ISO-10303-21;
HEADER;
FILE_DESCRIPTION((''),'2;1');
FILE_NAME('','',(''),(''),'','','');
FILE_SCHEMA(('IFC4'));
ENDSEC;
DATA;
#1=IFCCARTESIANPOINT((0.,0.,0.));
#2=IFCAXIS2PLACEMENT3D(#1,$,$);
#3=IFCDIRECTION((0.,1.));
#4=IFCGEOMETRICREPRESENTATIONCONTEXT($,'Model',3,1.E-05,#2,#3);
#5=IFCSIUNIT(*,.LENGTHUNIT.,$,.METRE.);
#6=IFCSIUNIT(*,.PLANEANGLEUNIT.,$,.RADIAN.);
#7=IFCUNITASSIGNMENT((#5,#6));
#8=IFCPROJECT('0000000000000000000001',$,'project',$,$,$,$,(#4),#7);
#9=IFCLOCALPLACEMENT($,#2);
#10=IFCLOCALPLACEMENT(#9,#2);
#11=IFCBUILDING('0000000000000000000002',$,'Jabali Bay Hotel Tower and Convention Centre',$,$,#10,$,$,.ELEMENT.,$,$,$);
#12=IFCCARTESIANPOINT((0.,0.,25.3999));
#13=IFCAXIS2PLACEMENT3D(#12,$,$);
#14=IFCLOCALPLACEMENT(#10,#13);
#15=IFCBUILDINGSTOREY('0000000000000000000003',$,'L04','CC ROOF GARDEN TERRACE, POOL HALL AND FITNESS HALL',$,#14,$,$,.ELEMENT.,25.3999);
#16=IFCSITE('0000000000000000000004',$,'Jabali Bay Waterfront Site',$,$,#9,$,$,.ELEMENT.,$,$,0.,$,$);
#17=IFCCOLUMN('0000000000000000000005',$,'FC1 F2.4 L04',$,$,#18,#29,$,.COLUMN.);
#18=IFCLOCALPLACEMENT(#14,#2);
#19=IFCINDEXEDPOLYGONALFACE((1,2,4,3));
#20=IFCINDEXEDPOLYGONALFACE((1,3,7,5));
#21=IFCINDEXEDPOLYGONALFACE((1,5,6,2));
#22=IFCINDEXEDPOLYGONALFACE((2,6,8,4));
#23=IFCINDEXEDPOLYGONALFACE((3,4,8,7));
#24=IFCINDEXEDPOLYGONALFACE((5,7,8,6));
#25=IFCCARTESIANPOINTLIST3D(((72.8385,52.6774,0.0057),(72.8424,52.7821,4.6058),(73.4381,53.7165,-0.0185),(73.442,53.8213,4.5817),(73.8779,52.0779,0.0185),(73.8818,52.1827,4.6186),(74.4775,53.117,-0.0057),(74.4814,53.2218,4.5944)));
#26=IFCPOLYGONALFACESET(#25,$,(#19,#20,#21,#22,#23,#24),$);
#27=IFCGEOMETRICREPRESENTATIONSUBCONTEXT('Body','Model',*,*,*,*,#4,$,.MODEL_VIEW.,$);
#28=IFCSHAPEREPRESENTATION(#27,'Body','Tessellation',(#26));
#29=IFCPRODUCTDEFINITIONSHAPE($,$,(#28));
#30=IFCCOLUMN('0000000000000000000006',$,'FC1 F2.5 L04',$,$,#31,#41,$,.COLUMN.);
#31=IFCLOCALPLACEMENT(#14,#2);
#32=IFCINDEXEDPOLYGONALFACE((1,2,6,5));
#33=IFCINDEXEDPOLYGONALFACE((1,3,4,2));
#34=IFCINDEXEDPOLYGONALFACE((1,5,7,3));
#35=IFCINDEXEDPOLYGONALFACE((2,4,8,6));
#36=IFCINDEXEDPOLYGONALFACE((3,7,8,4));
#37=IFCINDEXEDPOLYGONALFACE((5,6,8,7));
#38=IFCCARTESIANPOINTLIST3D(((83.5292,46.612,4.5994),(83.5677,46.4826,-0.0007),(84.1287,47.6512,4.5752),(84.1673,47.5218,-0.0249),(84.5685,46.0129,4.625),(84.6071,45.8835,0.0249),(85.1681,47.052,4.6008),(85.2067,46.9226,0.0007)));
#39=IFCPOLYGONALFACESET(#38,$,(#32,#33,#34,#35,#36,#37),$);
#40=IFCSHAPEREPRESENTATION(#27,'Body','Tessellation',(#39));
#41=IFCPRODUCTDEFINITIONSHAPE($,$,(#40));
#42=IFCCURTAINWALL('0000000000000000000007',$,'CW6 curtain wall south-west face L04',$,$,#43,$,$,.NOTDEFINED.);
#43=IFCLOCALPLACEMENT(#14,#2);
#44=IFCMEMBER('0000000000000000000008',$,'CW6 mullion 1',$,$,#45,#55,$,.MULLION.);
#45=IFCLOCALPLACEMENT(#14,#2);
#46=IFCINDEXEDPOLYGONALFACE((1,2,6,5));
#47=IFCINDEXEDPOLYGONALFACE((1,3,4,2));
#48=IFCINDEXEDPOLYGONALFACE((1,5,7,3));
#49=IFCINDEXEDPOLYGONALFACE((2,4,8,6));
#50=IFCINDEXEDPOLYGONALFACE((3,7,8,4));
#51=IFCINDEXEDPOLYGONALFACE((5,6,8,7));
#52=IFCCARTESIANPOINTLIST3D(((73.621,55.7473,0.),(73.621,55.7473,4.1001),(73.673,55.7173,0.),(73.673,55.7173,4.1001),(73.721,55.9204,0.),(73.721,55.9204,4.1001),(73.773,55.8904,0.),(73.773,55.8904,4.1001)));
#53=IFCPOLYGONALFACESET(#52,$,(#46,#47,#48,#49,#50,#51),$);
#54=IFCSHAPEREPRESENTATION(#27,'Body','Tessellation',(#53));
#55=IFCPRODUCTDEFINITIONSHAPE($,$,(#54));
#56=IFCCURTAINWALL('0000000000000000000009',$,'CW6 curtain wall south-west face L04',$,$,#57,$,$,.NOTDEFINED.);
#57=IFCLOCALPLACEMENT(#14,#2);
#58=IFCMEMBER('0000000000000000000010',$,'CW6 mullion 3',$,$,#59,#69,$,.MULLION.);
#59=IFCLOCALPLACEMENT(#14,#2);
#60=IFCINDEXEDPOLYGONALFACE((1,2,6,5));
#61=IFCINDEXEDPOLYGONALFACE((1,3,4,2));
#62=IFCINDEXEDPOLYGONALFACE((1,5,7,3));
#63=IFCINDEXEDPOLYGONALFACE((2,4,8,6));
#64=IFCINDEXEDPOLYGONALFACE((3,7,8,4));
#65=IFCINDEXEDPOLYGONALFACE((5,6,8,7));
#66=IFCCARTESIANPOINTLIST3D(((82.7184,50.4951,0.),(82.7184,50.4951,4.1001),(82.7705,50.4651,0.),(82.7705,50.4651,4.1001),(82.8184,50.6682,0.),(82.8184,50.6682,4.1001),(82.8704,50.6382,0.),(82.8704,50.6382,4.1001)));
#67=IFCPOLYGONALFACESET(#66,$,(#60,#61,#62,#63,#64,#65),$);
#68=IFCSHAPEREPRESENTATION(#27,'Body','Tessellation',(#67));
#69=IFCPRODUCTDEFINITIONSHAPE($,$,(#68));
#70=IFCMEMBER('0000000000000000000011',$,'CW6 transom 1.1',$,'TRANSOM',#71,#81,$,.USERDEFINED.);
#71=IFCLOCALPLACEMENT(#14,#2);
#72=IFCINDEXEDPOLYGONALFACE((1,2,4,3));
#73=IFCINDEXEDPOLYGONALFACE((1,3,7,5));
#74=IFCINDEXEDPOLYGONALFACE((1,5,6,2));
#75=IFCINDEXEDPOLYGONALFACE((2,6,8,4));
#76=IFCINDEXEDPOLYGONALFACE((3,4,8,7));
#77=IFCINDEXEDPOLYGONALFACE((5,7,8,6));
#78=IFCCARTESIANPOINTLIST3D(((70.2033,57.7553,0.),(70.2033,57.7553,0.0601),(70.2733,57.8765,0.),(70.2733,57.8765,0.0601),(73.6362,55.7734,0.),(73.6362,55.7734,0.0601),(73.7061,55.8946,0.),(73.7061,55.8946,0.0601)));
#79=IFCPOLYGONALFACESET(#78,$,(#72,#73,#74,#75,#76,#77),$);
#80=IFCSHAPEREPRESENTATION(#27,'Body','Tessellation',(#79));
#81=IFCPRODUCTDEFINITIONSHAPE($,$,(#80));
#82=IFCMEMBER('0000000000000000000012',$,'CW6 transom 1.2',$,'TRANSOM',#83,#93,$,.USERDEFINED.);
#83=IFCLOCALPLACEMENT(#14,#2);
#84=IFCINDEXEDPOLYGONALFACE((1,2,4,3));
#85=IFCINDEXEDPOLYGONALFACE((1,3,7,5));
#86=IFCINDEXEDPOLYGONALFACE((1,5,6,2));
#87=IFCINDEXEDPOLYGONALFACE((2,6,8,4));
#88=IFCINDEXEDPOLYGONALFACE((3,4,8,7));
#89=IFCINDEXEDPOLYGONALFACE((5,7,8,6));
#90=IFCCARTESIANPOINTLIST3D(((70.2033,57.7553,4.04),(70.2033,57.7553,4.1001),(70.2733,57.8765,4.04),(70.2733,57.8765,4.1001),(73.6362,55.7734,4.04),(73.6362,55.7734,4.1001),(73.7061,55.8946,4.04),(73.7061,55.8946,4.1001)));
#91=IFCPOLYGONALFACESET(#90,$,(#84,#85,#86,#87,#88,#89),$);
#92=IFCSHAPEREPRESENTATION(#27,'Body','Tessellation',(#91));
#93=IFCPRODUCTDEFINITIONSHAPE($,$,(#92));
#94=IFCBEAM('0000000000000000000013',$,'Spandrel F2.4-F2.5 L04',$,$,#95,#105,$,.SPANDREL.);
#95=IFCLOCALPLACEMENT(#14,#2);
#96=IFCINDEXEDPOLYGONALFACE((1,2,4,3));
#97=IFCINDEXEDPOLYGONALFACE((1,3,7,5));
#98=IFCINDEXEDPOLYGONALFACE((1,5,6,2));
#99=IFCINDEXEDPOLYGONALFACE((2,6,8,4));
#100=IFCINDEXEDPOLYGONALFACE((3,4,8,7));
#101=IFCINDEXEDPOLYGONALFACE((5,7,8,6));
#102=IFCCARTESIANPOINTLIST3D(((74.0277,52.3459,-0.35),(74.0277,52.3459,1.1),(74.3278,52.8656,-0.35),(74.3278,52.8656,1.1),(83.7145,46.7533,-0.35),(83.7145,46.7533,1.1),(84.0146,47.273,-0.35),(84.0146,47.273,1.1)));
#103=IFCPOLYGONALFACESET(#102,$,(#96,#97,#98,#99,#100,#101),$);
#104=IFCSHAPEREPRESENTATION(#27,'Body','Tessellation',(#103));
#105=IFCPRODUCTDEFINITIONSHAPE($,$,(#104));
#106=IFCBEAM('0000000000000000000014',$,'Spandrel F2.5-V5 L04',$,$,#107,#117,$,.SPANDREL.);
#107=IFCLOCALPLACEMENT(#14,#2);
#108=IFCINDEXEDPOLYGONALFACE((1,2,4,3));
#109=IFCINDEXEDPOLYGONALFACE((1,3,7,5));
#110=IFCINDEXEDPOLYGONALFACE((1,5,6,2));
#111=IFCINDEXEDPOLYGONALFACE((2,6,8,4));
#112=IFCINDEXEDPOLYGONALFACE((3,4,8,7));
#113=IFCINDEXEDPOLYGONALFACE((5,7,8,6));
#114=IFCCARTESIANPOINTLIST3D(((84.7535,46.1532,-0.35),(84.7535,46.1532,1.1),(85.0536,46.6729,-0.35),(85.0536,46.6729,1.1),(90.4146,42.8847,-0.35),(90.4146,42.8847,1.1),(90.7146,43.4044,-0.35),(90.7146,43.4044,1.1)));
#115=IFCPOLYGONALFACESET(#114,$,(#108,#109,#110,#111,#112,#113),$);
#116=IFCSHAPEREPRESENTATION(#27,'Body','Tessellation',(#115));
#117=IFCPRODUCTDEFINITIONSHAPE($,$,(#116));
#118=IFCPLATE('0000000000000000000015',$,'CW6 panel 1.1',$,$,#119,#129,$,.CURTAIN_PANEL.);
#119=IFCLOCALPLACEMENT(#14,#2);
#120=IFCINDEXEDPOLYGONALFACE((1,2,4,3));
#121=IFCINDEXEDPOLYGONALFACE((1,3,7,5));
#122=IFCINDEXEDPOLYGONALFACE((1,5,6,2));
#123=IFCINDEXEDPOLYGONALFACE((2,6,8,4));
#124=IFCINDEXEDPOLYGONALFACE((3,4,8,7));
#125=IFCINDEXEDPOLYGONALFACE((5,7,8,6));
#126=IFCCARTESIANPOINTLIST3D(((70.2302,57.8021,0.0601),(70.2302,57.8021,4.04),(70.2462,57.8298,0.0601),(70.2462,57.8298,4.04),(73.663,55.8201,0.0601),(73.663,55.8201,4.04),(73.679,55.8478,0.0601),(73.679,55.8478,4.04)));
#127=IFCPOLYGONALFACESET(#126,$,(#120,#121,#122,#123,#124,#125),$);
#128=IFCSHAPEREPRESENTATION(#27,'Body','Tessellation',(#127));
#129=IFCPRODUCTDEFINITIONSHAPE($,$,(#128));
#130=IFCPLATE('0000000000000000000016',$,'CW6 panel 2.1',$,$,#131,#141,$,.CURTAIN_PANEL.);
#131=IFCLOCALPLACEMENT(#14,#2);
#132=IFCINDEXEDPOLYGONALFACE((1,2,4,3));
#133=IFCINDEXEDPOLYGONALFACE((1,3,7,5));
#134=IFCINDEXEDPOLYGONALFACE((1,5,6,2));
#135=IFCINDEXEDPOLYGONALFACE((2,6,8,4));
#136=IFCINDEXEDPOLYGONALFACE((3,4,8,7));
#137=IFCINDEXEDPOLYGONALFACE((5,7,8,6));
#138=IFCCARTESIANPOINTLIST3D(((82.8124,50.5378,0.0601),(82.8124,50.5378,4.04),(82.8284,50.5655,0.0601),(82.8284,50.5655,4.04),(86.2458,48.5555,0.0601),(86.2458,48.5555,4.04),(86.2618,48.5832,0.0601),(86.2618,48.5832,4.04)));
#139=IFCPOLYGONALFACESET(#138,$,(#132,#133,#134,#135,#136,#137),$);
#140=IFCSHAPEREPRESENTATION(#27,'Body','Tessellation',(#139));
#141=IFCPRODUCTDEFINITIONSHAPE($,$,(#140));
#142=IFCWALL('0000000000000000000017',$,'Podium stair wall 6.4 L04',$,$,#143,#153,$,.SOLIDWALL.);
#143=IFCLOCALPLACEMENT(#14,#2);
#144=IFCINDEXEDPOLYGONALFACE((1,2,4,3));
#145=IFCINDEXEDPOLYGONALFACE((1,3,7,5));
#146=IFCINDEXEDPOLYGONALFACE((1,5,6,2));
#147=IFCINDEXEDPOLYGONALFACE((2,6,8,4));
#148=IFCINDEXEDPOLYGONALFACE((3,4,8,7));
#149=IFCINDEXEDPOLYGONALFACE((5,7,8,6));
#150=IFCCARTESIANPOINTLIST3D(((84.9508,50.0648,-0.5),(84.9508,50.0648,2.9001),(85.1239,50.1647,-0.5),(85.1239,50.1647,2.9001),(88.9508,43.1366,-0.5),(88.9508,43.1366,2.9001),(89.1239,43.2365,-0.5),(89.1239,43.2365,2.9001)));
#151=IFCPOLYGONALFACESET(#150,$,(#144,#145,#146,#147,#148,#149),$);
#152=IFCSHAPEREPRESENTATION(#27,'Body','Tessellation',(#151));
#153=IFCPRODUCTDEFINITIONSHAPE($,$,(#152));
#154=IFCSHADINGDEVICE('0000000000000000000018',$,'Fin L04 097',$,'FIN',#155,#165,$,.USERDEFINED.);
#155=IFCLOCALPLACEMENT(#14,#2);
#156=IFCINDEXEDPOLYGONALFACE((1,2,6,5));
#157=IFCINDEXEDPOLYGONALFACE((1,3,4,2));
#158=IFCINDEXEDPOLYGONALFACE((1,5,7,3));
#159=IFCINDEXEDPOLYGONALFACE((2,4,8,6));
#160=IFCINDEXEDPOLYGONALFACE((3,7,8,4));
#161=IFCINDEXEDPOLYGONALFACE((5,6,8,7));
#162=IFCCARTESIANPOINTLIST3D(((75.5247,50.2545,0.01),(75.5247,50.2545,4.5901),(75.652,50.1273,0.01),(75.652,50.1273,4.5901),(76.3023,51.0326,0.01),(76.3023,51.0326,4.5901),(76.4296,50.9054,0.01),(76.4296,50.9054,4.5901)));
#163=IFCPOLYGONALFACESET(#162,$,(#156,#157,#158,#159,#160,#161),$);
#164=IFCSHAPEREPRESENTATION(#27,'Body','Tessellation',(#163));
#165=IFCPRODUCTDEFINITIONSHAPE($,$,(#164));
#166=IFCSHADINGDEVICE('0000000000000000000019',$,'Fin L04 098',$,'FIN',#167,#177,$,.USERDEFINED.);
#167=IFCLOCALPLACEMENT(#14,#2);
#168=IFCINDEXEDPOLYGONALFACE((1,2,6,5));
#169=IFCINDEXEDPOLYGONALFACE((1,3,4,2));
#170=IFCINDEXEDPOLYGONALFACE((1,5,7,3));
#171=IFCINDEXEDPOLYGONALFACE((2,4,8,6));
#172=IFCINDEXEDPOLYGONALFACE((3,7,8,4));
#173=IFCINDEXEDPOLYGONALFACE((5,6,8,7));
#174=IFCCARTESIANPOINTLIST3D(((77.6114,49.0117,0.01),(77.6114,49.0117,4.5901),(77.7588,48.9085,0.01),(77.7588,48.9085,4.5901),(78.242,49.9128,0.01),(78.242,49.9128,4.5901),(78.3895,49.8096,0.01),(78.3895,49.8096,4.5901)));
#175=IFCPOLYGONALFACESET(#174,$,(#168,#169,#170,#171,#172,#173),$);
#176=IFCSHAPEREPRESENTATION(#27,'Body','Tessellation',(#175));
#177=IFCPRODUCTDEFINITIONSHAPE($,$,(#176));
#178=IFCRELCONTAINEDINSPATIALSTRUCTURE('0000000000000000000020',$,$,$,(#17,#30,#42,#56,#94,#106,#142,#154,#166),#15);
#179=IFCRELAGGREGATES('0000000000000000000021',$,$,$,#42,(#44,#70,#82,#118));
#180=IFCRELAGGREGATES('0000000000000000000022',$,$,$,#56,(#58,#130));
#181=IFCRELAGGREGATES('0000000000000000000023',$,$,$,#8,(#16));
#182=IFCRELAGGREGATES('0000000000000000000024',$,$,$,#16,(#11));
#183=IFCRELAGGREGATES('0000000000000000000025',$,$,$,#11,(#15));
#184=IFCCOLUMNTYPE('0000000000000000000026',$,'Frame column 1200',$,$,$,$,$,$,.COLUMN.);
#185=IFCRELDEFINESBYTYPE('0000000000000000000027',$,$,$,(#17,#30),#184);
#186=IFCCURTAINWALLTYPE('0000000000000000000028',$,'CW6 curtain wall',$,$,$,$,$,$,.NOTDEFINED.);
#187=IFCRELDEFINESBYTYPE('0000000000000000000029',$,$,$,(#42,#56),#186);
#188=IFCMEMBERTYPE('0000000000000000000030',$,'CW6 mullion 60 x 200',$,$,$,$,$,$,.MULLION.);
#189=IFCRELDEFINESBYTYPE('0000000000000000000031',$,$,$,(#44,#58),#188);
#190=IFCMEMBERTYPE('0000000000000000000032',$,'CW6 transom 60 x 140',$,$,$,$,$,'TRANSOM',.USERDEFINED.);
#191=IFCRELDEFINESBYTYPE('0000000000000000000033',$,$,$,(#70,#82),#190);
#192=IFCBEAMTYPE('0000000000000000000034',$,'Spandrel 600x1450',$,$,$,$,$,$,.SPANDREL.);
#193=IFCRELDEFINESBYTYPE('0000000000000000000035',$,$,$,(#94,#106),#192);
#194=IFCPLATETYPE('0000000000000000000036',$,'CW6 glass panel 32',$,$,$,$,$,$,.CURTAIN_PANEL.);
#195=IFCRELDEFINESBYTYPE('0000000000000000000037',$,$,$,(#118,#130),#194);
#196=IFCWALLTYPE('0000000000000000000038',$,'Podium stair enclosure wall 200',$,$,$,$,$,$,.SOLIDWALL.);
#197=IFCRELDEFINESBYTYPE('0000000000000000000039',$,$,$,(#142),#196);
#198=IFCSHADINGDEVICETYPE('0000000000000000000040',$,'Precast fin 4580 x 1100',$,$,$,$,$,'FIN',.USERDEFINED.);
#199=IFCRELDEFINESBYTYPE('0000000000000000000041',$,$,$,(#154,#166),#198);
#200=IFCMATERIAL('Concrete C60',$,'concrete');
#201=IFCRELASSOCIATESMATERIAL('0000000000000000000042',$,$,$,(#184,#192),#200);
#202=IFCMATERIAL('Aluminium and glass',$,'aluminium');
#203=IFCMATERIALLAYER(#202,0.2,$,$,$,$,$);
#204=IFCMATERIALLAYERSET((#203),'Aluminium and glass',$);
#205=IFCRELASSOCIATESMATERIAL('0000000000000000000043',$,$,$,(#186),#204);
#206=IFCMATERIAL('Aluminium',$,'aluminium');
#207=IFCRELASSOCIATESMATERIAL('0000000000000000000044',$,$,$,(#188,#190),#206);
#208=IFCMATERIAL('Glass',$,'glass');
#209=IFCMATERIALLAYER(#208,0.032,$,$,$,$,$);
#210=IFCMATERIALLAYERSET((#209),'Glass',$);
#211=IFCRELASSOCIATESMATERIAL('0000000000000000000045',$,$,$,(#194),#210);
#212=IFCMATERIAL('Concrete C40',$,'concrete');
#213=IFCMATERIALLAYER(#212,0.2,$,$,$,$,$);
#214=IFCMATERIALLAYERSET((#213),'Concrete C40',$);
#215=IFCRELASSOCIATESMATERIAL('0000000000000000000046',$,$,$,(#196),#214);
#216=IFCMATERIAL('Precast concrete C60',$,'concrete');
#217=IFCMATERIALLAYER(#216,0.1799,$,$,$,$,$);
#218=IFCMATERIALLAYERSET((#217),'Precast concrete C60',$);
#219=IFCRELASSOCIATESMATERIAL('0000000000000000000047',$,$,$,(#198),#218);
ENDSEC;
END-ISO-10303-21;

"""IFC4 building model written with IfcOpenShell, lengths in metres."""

from ifc_helpers import new_model, si_unit, direction, frame, frame_2d, origin, origin_2d, place, context, subcontext, project, spatial, rectangle, extrude, material, layer, layer_set, material_profile, profile_set, type_object, element, aggregate, save


model = new_model("IFC4")

# Units and contexts
model_context = context("Model", 3, precision=1e-05, world=origin(), true_north=direction((0.0, 1.0)))
body_context = subcontext(model_context, "Body", "Model", "MODEL_VIEW")
ifc_project = project(units=[si_unit("LENGTHUNIT", "METRE"), si_unit("PLANEANGLEUNIT", "RADIAN")], contexts=[model_context])

# Site, building, storey
site_placement = place(None, origin())
site = spatial("IfcSite", under=ifc_project, at=site_placement, Name="Jabali Bay Waterfront Site", CompositionType="ELEMENT", RefElevation=0.0)
building_placement = place(site_placement, origin())
building = spatial("IfcBuilding", under=site, at=building_placement, Name="Jabali Bay Hotel Tower and Convention Centre", CompositionType="ELEMENT")
storey_placement = place(building_placement, frame((0.0, 0.0, 25.3999)))
storey = spatial("IfcBuildingStorey", under=building, at=storey_placement, Name="L04", Description="CC ROOF GARDEN TERRACE, POOL HALL AND FITNESS HALL", CompositionType="ELEMENT", Elevation=25.3999)

# Columns
ifc_material_1 = material(Name="Concrete C60", Category="concrete")
ifc_material_profile_1 = material_profile(ifc_material_1, rectangle(XDim=1.2, YDim=1.2, at=origin_2d()), Name="Frame column 1200")
ifc_profile_set_1 = profile_set([ifc_material_profile_1], Name="Concrete C60")
column_type = type_object("IfcColumnType", Name="Frame column 1200", PredefinedType="COLUMN", material=ifc_profile_set_1)
column_1_placement = place(storey_placement, frame((73.658, 52.8972, 0.0), z_axis=(0.000849, 0.022762, 0.999741), x_axis=(-0.499698, -0.865965, 0.020141)))
element("IfcColumn", 1, at=column_1_placement, inside=storey, type_object=column_type, Name="FC1 F2.4 L04", PredefinedType="COLUMN", context=body_context, shape_type="SweptSolid", body=[
    extrude(rectangle(XDim=1.2, YDim=1.2, at=origin_2d()), origin(), (0.0, 0.0, 1.0), 4.6013),
])
column_2_placement = place(storey_placement, frame((84.3872, 46.7026, 0.0), z_axis=(-0.008382, 0.028117, 0.99957), x_axis=(-0.499678, -0.865976, 0.020169)))
element("IfcColumn", 2, at=column_2_placement, inside=storey, type_object=column_type, Name="FC1 F2.5 L04", PredefinedType="COLUMN", context=body_context, shape_type="SweptSolid", body=[
    extrude(rectangle(XDim=1.2, YDim=1.2, at=origin_2d()), origin(), (0.0, 0.0, 1.0), 4.6021),
])

# Curtain walls, members
ifc_material_2 = material(Name="Aluminium and glass", Category="aluminium")
ifc_layer_1 = layer(ifc_material_2, 0.2)
ifc_layer_set_1 = layer_set([ifc_layer_1], Name="Aluminium and glass")
curtain_wall_type = type_object("IfcCurtainWallType", Name="CW6 curtain wall", PredefinedType="NOTDEFINED", material=ifc_layer_set_1)
curtain_wall_1_placement = place(storey_placement, origin())
curtain_wall_1 = element("IfcCurtainWall", 3, at=curtain_wall_1_placement, inside=storey, type_object=curtain_wall_type, Name="CW6 curtain wall south-west face L04", PredefinedType="NOTDEFINED")
ifc_material_3 = material(Name="Aluminium", Category="aluminium")
ifc_material_profile_2 = material_profile(ifc_material_3, rectangle(XDim=0.2, YDim=0.0601, at=origin_2d()), Name="CW6 mullion 60 x 200")
ifc_profile_set_2 = profile_set([ifc_material_profile_2], Name="Aluminium")
member_type_1 = type_object("IfcMemberType", Name="CW6 mullion 60 x 200", PredefinedType="MULLION", material=ifc_profile_set_2)
member_1_placement = place(storey_placement, frame((73.697, 55.8188, 0.0), z_axis=(0.0, 0.0, 1.0), x_axis=(-0.5, -0.866025, 0.0)))
member_1 = element("IfcMember", 4, at=member_1_placement, type_object=member_type_1, Name="CW6 mullion 1", PredefinedType="MULLION", context=body_context, shape_type="SweptSolid", body=[
    extrude(rectangle(XDim=0.2, YDim=0.0601, at=origin_2d()), origin(), (0.0, 0.0, 1.0), 4.1001),
])
curtain_wall_2_placement = place(storey_placement, origin())
curtain_wall_2 = element("IfcCurtainWall", 5, at=curtain_wall_2_placement, inside=storey, type_object=curtain_wall_type, Name="CW6 curtain wall south-west face L04", PredefinedType="NOTDEFINED")
member_2_placement = place(storey_placement, frame((82.7944, 50.5667, 0.0), z_axis=(0.0, 0.0, 1.0), x_axis=(-0.5, -0.866025, 0.0)))
member_2 = element("IfcMember", 6, at=member_2_placement, type_object=member_type_1, Name="CW6 mullion 3", PredefinedType="MULLION", context=body_context, shape_type="SweptSolid", body=[
    extrude(rectangle(XDim=0.2, YDim=0.0601, at=origin_2d()), origin(), (0.0, 0.0, 1.0), 4.1001),
])

# Members
ifc_material_profile_3 = material_profile(ifc_material_3, rectangle(XDim=0.1399, YDim=0.0601, at=origin_2d()), Name="CW6 transom 60 x 140")
ifc_profile_set_3 = profile_set([ifc_material_profile_3], Name="Aluminium")
member_type_2 = type_object("IfcMemberType", Name="CW6 transom 60 x 140", ElementType="TRANSOM", PredefinedType="USERDEFINED", material=ifc_profile_set_3)
member_3_placement = place(storey_placement, frame((73.6711, 55.834, 0.03), z_axis=(-0.866029, 0.499994, 0.0), x_axis=(-0.499994, -0.866029, 0.0)))
member_3 = element("IfcMember", 7, at=member_3_placement, type_object=member_type_2, Name="CW6 transom 1.1", ObjectType="TRANSOM", PredefinedType="USERDEFINED", context=body_context, shape_type="SweptSolid", body=[
    extrude(rectangle(XDim=0.1399, YDim=0.0601, at=origin_2d()), origin(), (0.0, 0.0, 1.0), 3.9639),
])
member_4_placement = place(storey_placement, frame((73.6711, 55.834, 4.0701), z_axis=(-0.866029, 0.499994, 0.0), x_axis=(-0.499994, -0.866029, 0.0)))
member_4 = element("IfcMember", 8, at=member_4_placement, type_object=member_type_2, Name="CW6 transom 1.2", ObjectType="TRANSOM", PredefinedType="USERDEFINED", context=body_context, shape_type="SweptSolid", body=[
    extrude(rectangle(XDim=0.1399, YDim=0.0601, at=origin_2d()), origin(), (0.0, 0.0, 1.0), 3.9639),
])

# Beams
ifc_material_profile_4 = material_profile(ifc_material_1, rectangle(XDim=0.6001, YDim=1.45, at=origin_2d()), Name="Spandrel 600x1450")
ifc_profile_set_4 = profile_set([ifc_material_profile_4], Name="Concrete C60")
beam_type = type_object("IfcBeamType", Name="Spandrel 600x1450", PredefinedType="SPANDREL", material=ifc_profile_set_4)
beam_1_placement = place(storey_placement, frame((74.1777, 52.6057, 0.375), z_axis=(0.86603, -0.499991, 0.0), x_axis=(0.499991, 0.86603, 0.0)))
element("IfcBeam", 9, at=beam_1_placement, inside=storey, type_object=beam_type, Name="Spandrel F2.4-F2.5 L04", PredefinedType="SPANDREL", context=body_context, shape_type="SweptSolid", body=[
    extrude(rectangle(XDim=0.6001, YDim=1.45, at=origin_2d()), origin(), (0.0, 0.0, 1.0), 11.1853),
])
beam_2_placement = place(storey_placement, frame((84.9036, 46.4131, 0.375), z_axis=(0.866019, -0.500011, 0.0), x_axis=(0.500011, 0.866019, 0.0)))
element("IfcBeam", 10, at=beam_2_placement, inside=storey, type_object=beam_type, Name="Spandrel F2.5-V5 L04", PredefinedType="SPANDREL", context=body_context, shape_type="SweptSolid", body=[
    extrude(rectangle(XDim=0.6001, YDim=1.45, at=origin_2d()), origin(), (0.0, 0.0, 1.0), 6.5369),
])

# Plates
ifc_material_4 = material(Name="Glass", Category="glass")
ifc_layer_2 = layer(ifc_material_4, 0.032)
ifc_layer_set_2 = layer_set([ifc_layer_2], Name="Glass")
plate_type = type_object("IfcPlateType", Name="CW6 glass panel 32", PredefinedType="CURTAIN_PANEL", material=ifc_layer_set_2)
plate_1_placement = place(storey_placement, frame((71.9546, 56.825, 0.0601), z_axis=(0.0, 0.0, 1.0), x_axis=(-0.866025, 0.5, 0.0)))
plate_1 = element("IfcPlate", 11, at=plate_1_placement, type_object=plate_type, Name="CW6 panel 1.1", PredefinedType="CURTAIN_PANEL", context=body_context, shape_type="SweptSolid", body=[
    extrude(rectangle(XDim=3.9639, YDim=0.032, at=origin_2d()), origin(), (0.0, 0.0, 1.0), 3.98),
])
aggregate(curtain_wall_1, [member_1, member_3, member_4, plate_1])
plate_2_placement = place(storey_placement, frame((84.5371, 49.5605, 0.0601), z_axis=(0.0, 0.0, 1.0), x_axis=(-0.866025, 0.5, 0.0)))
plate_2 = element("IfcPlate", 12, at=plate_2_placement, type_object=plate_type, Name="CW6 panel 2.1", PredefinedType="CURTAIN_PANEL", context=body_context, shape_type="SweptSolid", body=[
    extrude(rectangle(XDim=3.9646, YDim=0.032, at=origin_2d()), origin(), (0.0, 0.0, 1.0), 3.98),
])
aggregate(curtain_wall_2, [member_2, plate_2])

# Shared definitions
ifc_material_5 = material(Name="Concrete C40", Category="concrete")

# Wall
ifc_layer_3 = layer(ifc_material_5, 0.2)
ifc_layer_set_3 = layer_set([ifc_layer_3], Name="Concrete C40")
wall_type_1 = type_object("IfcWallType", Name="Podium stair enclosure wall 200", PredefinedType="SOLIDWALL", material=ifc_layer_set_3)
wall_1_placement = place(storey_placement, frame((85.0374, 50.1147, -0.5), z_axis=(0.0, 0.0, 1.0), x_axis=(0.499999, -0.866026, 0.0)))
element("IfcWall", 13, at=wall_1_placement, inside=storey, type_object=wall_type_1, Name="Podium stair wall 6.4 L04", PredefinedType="SOLIDWALL", context=body_context, shape_type="SweptSolid", body=[
    extrude(rectangle(XDim=8.0, YDim=0.2, at=frame_2d((4.0, 0.0))), origin(), (0.0, 0.0, 1.0), 3.4001),
])

# Shading devices
ifc_material_6 = material(Name="Precast concrete C60", Category="concrete")
ifc_layer_4 = layer(ifc_material_6, 0.1799)
ifc_layer_set_4 = layer_set([ifc_layer_4], Name="Precast concrete C60")
shading_device_type_1 = type_object("IfcShadingDeviceType", Name="Precast fin 4580 x 1100", ElementType="FIN", PredefinedType="USERDEFINED", material=ifc_layer_set_4)
shading_device_1_placement = place(storey_placement, frame((76.366, 50.969, 0.01), z_axis=(0.0, 0.0, 1.0), x_axis=(-0.706885, -0.707329, 0.0)))
element("IfcShadingDevice", 14, at=shading_device_1_placement, inside=storey, type_object=shading_device_type_1, Name="Fin L04 097", ObjectType="FIN", PredefinedType="USERDEFINED", context=body_context, shape_type="SweptSolid", body=[
    extrude(rectangle(XDim=1.1001, YDim=0.1799, at=frame_2d((0.55, 0.0))), origin(), (0.0, 0.0, 1.0), 4.5801),
])
for number, where, z_axis, x_axis, name in (
    (15, (78.3157, 49.8611, 0.01), (0.0, 0.0, 1.0), (-0.573358, -0.819305, 0.0), "Fin L04 098"),
):
    element("IfcShadingDevice", number, at=place(storey_placement, frame(where, z_axis=z_axis, x_axis=x_axis)), inside=storey, type_object=shading_device_type_1, Name=name, ObjectType="FIN", PredefinedType="USERDEFINED", context=body_context, shape_type="SweptSolid", body=[
        extrude(rectangle(XDim=1.0999, YDim=0.1799, at=frame_2d((0.5498, 0.0))), origin(), (0.0, 0.0, 1.0), 4.5801),
    ])

save(model, "model.ifc")
